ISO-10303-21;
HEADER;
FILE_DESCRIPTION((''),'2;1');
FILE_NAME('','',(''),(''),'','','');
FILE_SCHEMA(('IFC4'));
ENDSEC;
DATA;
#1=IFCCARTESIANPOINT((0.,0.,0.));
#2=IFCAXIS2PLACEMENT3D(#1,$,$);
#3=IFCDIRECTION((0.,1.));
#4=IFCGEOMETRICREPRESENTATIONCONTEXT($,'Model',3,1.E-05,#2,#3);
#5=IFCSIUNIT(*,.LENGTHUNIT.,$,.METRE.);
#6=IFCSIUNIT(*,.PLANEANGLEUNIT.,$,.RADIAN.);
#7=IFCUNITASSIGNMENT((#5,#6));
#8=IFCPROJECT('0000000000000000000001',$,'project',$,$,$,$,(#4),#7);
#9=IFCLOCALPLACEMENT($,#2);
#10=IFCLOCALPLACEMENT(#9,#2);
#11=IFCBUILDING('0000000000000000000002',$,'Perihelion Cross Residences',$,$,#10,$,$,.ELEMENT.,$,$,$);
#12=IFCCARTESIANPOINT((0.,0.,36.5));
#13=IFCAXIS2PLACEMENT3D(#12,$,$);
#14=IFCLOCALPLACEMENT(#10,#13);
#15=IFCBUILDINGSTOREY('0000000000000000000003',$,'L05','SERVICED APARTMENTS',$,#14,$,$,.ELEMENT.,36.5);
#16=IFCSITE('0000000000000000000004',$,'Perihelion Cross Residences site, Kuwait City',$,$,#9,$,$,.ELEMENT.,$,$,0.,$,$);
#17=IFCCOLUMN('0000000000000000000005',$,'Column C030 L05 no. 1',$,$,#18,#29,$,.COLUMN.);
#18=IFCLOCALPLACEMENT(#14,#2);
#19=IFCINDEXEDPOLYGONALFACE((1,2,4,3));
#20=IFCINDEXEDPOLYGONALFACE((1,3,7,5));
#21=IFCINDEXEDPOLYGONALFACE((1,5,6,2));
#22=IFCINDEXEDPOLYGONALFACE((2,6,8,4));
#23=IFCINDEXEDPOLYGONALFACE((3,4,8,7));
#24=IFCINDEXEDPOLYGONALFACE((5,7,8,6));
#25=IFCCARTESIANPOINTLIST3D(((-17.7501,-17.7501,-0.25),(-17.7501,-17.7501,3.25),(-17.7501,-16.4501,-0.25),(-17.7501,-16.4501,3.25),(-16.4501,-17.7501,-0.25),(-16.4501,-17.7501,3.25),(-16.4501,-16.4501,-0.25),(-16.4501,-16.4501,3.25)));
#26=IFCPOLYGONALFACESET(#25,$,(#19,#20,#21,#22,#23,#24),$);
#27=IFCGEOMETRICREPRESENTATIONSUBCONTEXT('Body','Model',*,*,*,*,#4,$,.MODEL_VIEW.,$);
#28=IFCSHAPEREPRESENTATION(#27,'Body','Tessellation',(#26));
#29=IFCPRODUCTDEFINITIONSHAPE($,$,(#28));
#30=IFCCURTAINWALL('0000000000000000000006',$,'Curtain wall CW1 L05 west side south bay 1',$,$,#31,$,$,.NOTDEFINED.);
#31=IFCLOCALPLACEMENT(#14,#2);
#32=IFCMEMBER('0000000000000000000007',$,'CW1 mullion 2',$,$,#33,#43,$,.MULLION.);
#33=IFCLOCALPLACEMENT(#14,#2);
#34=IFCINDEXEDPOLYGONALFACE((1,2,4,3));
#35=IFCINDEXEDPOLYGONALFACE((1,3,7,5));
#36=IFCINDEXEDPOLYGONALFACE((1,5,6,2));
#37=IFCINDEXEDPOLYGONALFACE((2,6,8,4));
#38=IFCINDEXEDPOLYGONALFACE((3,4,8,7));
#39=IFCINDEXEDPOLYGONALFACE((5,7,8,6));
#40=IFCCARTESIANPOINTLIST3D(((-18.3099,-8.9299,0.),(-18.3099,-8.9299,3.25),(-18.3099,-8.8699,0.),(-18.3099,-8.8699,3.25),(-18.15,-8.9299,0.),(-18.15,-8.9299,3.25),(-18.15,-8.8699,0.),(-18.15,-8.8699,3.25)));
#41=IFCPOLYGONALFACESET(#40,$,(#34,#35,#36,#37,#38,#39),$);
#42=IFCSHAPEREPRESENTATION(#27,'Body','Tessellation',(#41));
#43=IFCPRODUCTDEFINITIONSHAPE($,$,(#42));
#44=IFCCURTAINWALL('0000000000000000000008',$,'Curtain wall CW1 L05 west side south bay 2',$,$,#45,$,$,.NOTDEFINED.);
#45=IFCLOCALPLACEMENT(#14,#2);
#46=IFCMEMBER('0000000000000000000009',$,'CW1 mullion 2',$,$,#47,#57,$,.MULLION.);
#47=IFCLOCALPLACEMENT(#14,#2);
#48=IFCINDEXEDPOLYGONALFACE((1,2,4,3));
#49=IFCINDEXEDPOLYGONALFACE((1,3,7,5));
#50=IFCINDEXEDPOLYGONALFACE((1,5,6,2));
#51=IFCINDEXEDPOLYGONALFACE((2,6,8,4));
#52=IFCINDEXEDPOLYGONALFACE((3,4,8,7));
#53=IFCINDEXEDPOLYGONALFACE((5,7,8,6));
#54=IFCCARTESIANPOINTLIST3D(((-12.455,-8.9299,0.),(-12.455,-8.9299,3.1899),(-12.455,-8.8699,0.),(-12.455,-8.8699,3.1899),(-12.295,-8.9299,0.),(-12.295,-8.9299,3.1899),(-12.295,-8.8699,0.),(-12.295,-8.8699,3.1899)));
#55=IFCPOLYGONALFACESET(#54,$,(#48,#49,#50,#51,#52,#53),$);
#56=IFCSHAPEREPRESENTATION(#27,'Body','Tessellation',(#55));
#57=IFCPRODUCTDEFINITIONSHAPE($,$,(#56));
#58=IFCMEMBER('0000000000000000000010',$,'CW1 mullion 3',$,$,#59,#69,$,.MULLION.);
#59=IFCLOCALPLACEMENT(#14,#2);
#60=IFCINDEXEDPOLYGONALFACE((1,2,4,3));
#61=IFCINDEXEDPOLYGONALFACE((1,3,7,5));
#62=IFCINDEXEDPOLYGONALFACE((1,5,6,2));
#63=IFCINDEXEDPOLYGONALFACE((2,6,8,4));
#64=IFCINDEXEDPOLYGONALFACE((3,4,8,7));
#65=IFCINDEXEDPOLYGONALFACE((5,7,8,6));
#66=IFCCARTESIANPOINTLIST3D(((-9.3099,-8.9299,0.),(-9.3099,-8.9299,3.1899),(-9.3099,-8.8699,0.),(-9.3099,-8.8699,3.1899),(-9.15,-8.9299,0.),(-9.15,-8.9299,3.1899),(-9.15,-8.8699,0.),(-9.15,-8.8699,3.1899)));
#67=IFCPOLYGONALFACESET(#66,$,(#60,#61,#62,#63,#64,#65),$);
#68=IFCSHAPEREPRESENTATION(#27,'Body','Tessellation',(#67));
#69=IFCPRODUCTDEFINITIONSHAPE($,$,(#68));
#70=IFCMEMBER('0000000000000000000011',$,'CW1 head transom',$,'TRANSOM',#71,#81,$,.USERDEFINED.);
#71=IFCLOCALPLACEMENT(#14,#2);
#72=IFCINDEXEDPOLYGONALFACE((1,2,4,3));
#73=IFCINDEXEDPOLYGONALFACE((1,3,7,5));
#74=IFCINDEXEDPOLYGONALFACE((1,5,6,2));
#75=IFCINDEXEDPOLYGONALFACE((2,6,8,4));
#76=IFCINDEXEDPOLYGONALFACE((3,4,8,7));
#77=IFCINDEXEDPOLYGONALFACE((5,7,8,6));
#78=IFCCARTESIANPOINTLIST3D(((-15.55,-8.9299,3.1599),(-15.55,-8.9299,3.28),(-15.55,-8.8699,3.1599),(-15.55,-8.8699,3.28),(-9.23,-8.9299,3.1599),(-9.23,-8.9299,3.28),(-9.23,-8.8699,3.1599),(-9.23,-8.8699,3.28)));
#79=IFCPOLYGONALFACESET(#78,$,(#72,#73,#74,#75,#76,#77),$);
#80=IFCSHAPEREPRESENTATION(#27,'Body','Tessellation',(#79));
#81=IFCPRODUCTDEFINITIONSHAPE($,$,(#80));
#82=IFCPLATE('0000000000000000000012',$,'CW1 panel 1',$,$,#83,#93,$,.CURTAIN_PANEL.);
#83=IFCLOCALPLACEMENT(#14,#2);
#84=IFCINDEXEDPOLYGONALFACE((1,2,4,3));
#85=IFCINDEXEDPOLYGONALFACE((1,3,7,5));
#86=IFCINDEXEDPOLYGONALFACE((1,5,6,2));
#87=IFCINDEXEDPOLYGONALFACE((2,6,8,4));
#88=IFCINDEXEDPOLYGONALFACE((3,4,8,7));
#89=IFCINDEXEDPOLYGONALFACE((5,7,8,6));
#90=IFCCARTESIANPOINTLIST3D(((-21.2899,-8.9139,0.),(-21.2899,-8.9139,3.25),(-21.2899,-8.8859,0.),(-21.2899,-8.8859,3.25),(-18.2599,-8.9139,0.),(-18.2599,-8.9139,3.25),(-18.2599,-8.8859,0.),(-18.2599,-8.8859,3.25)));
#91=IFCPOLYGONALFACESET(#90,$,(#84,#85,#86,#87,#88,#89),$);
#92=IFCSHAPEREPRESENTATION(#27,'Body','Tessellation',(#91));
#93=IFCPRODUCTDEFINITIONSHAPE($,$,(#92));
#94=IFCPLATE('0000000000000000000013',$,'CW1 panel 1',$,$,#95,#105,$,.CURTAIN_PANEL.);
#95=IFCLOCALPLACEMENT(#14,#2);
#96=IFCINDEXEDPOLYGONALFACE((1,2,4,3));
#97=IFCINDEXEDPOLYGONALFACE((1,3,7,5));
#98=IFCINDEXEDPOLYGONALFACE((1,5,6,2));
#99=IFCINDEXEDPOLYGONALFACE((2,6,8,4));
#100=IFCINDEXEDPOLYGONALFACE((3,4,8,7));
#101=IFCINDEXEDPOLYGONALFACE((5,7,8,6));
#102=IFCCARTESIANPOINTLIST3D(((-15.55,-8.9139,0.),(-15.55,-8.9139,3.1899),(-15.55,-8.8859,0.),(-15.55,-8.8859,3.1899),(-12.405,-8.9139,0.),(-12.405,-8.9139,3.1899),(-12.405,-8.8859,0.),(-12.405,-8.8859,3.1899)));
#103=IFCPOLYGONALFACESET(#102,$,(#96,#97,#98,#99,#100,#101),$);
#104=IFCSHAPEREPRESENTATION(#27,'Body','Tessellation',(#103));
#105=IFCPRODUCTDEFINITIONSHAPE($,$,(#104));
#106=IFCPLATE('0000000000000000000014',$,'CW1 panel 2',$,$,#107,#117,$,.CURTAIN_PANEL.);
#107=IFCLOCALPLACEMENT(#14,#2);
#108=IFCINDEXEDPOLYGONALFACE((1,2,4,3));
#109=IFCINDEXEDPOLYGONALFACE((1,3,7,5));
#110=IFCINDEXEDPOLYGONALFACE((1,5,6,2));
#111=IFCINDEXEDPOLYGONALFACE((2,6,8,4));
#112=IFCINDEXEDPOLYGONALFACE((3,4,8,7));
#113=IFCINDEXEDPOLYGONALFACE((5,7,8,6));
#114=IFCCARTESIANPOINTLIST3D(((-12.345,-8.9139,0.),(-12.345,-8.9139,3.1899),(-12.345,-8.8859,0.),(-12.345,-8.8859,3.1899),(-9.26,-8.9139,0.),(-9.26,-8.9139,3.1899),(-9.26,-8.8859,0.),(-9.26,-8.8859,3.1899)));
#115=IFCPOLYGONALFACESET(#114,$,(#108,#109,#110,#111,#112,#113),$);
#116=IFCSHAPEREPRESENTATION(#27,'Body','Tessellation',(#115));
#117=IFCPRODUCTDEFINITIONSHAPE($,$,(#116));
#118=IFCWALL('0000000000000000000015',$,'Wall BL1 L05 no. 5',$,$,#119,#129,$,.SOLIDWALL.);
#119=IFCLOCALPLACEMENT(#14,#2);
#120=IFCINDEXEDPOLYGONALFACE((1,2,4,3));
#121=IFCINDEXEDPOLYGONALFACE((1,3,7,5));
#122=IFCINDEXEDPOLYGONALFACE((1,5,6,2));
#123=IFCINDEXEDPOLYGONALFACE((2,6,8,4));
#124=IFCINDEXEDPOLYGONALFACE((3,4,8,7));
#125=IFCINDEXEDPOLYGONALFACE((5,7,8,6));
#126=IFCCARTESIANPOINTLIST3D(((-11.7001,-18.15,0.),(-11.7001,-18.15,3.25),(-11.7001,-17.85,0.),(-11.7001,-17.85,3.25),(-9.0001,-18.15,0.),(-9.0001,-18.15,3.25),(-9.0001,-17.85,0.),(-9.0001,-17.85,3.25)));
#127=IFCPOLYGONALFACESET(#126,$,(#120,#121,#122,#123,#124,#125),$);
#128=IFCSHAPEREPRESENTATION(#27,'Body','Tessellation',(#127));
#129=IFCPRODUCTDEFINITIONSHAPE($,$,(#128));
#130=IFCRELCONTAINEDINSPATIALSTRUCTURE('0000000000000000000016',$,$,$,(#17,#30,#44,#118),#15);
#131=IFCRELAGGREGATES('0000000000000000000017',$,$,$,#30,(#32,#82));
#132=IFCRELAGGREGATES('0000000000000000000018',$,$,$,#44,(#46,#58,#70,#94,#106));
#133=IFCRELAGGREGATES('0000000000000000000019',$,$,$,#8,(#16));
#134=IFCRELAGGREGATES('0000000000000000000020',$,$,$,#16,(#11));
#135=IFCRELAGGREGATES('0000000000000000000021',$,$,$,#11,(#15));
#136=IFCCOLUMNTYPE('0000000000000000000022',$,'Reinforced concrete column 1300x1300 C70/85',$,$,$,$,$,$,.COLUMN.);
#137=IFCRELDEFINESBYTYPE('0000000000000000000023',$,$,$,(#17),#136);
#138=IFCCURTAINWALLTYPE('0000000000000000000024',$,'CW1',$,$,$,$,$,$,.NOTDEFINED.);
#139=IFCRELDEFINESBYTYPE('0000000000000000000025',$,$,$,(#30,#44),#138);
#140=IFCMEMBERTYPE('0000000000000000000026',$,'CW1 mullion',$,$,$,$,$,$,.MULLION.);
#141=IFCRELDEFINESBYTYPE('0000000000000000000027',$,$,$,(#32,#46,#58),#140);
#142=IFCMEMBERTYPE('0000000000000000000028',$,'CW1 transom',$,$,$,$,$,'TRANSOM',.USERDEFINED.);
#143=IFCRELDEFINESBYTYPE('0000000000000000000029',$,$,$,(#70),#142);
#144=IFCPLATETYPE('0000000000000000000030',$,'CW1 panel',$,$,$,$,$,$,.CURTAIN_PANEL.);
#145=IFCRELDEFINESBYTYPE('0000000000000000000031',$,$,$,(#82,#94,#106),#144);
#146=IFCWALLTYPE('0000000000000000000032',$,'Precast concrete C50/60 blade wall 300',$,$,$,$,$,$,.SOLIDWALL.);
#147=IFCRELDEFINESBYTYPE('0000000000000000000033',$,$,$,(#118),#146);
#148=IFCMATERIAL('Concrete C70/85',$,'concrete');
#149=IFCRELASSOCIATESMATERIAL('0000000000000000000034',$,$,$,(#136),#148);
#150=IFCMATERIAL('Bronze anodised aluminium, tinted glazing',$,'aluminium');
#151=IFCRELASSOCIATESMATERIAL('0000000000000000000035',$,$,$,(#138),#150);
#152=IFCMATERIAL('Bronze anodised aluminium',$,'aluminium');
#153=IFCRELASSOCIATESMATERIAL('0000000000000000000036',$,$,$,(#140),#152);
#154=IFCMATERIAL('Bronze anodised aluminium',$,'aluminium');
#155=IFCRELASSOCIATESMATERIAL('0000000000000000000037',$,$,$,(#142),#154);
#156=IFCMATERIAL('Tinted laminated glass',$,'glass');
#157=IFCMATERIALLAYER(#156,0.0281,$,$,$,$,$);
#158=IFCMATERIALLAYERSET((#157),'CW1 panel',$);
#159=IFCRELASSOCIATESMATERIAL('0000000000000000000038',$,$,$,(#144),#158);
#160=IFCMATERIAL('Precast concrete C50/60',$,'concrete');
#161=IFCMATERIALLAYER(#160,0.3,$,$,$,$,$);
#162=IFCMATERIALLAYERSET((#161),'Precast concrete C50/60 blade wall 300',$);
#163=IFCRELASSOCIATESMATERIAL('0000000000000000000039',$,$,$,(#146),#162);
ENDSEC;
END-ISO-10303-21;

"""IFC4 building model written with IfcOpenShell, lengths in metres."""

from ifc_helpers import new_model, si_unit, direction, frame, frame_2d, origin, origin_2d, place, context, subcontext, project, spatial, rectangle, extrude, material, layer, layer_set, material_profile, profile_set, type_object, element, aggregate, save


model = new_model("IFC4")

# Units and contexts
model_context = context("Model", 3, precision=1e-05, world=origin(), true_north=direction((0.0, 1.0)))
body_context = subcontext(model_context, "Body", "Model", "MODEL_VIEW")
ifc_project = project(units=[si_unit("LENGTHUNIT", "METRE"), si_unit("PLANEANGLEUNIT", "RADIAN")], contexts=[model_context])

# Site, building, storey
site_placement = place(None, origin())
site = spatial("IfcSite", under=ifc_project, at=site_placement, Name="Perihelion Cross Residences site, Kuwait City", CompositionType="ELEMENT", RefElevation=0.0)
building_placement = place(site_placement, origin())
building = spatial("IfcBuilding", under=site, at=building_placement, Name="Perihelion Cross Residences", CompositionType="ELEMENT")
storey_placement = place(building_placement, frame((0.0, 0.0, 36.5)))
storey = spatial("IfcBuildingStorey", under=building, at=storey_placement, Name="L05", Description="SERVICED APARTMENTS", CompositionType="ELEMENT", Elevation=36.5)

# Column
ifc_material_1 = material(Name="Concrete C70/85", Category="concrete")
ifc_material_profile_1 = material_profile(ifc_material_1, rectangle(XDim=1.3, YDim=1.3, at=origin_2d()), Name="RC 1300x1300")
ifc_profile_set_1 = profile_set([ifc_material_profile_1], Name="Concrete C70/85")
column_type = type_object("IfcColumnType", Name="Reinforced concrete column 1300x1300 C70/85", PredefinedType="COLUMN", material=ifc_profile_set_1)
column_placement = place(storey_placement, frame((-17.1001, -17.1001, -0.25), z_axis=(0.0, 0.0, 1.0), x_axis=(1.0, 0.0, 0.0)))
element("IfcColumn", 1, at=column_placement, inside=storey, type_object=column_type, Name="Column C030 L05 no. 1", PredefinedType="COLUMN", context=body_context, shape_type="SweptSolid", body=[
    extrude(rectangle(XDim=1.3, YDim=1.3, at=origin_2d()), origin(), (0.0, 0.0, 1.0), 3.5),
])

# Curtain wall, member
ifc_material_2 = material(Name="Bronze anodised aluminium, tinted glazing", Category="aluminium")
curtain_wall_type = type_object("IfcCurtainWallType", Name="CW1", PredefinedType="NOTDEFINED", material=ifc_material_2)
curtain_wall_1_placement = place(storey_placement, origin())
curtain_wall_1 = element("IfcCurtainWall", 2, at=curtain_wall_1_placement, inside=storey, type_object=curtain_wall_type, Name="Curtain wall CW1 L05 west side south bay 1", PredefinedType="NOTDEFINED")
ifc_material_3 = material(Name="Bronze anodised aluminium", Category="aluminium")
ifc_material_profile_2 = material_profile(ifc_material_3, rectangle(XDim=0.0601, YDim=0.1599, at=origin_2d()), Name="CW1 mullion")
ifc_profile_set_2 = profile_set([ifc_material_profile_2], Name="Bronze anodised aluminium")
member_type_1 = type_object("IfcMemberType", Name="CW1 mullion", PredefinedType="MULLION", material=ifc_profile_set_2)
member_1_placement = place(storey_placement, frame((-18.23, -8.8999, 0.0), z_axis=(0.0, 0.0, 1.0), x_axis=(0.0, 1.0, 0.0)))
member_1 = element("IfcMember", 3, at=member_1_placement, type_object=member_type_1, Name="CW1 mullion 2", PredefinedType="MULLION", context=body_context, shape_type="SweptSolid", body=[
    extrude(rectangle(XDim=0.0601, YDim=0.1599, at=origin_2d()), origin(), (0.0, 0.0, 1.0), 3.25),
])

# Curtain wall, members
curtain_wall_2_placement = place(storey_placement, origin())
curtain_wall_2 = element("IfcCurtainWall", 4, at=curtain_wall_2_placement, inside=storey, type_object=curtain_wall_type, Name="Curtain wall CW1 L05 west side south bay 2", PredefinedType="NOTDEFINED")
member_2_placement = place(storey_placement, frame((-12.375, -8.8999, 0.0), z_axis=(0.0, 0.0, 1.0), x_axis=(0.0, 1.0, 0.0)))
member_2 = element("IfcMember", 5, at=member_2_placement, type_object=member_type_1, Name="CW1 mullion 2", PredefinedType="MULLION", context=body_context, shape_type="SweptSolid", body=[
    extrude(rectangle(XDim=0.0601, YDim=0.1599, at=origin_2d()), origin(), (0.0, 0.0, 1.0), 3.1899),
])
member_3_placement = place(storey_placement, frame((-9.23, -8.8999, 0.0), z_axis=(0.0, 0.0, 1.0), x_axis=(0.0, 1.0, 0.0)))
member_3 = element("IfcMember", 6, at=member_3_placement, type_object=member_type_1, Name="CW1 mullion 3", PredefinedType="MULLION", context=body_context, shape_type="SweptSolid", body=[
    extrude(rectangle(XDim=0.0601, YDim=0.1599, at=origin_2d()), origin(), (0.0, 0.0, 1.0), 3.1899),
])
ifc_material_4 = material(Name="Bronze anodised aluminium", Category="aluminium")
ifc_material_profile_3 = material_profile(ifc_material_4, rectangle(XDim=0.0601, YDim=0.1201, at=origin_2d()), Name="CW1 transom")
ifc_profile_set_3 = profile_set([ifc_material_profile_3], Name="Bronze anodised aluminium")
member_type_2 = type_object("IfcMemberType", Name="CW1 transom", ElementType="TRANSOM", PredefinedType="USERDEFINED", material=ifc_profile_set_3)
member_4_placement = place(storey_placement, frame((-15.55, -8.8999, 3.22), z_axis=(1.0, 0.0, 0.0), x_axis=(0.0, 1.0, 0.0)))
member_4 = element("IfcMember", 7, at=member_4_placement, type_object=member_type_2, Name="CW1 head transom", ObjectType="TRANSOM", PredefinedType="USERDEFINED", context=body_context, shape_type="SweptSolid", body=[
    extrude(rectangle(XDim=0.0601, YDim=0.1201, at=origin_2d()), origin(), (0.0, 0.0, 1.0), 6.3201),
])

# Plates
ifc_material_5 = material(Name="Tinted laminated glass", Category="glass")
ifc_layer_1 = layer(ifc_material_5, 0.0281)
ifc_layer_set_1 = layer_set([ifc_layer_1], Name="CW1 panel")
plate_type = type_object("IfcPlateType", Name="CW1 panel", PredefinedType="CURTAIN_PANEL", material=ifc_layer_set_1)
plate_1_placement = place(storey_placement, frame((-19.7749, -8.8999, 0.0), z_axis=(0.0, 0.0, 1.0), x_axis=(1.0, 0.0, 0.0)))
plate_1 = element("IfcPlate", 8, at=plate_1_placement, type_object=plate_type, Name="CW1 panel 1", PredefinedType="CURTAIN_PANEL", context=body_context, shape_type="SweptSolid", body=[
    extrude(rectangle(XDim=3.03, YDim=0.0281, at=origin_2d()), origin(), (0.0, 0.0, 1.0), 3.25),
])
aggregate(curtain_wall_1, [member_1, plate_1])
plate_2_placement = place(storey_placement, frame((-13.9775, -8.8999, 0.0), z_axis=(0.0, 0.0, 1.0), x_axis=(1.0, 0.0, 0.0)))
plate_2 = element("IfcPlate", 9, at=plate_2_placement, type_object=plate_type, Name="CW1 panel 1", PredefinedType="CURTAIN_PANEL", context=body_context, shape_type="SweptSolid", body=[
    extrude(rectangle(XDim=3.145, YDim=0.0281, at=origin_2d()), origin(), (0.0, 0.0, 1.0), 3.1899),
])
plate_3_placement = place(storey_placement, frame((-10.8025, -8.8999, 0.0), z_axis=(0.0, 0.0, 1.0), x_axis=(1.0, 0.0, 0.0)))
plate_3 = element("IfcPlate", 10, at=plate_3_placement, type_object=plate_type, Name="CW1 panel 2", PredefinedType="CURTAIN_PANEL", context=body_context, shape_type="SweptSolid", body=[
    extrude(rectangle(XDim=3.085, YDim=0.0281, at=origin_2d()), origin(), (0.0, 0.0, 1.0), 3.1899),
])
aggregate(curtain_wall_2, [member_2, member_3, member_4, plate_2, plate_3])

# Wall
ifc_material_6 = material(Name="Precast concrete C50/60", Category="concrete")
ifc_layer_2 = layer(ifc_material_6, 0.3)
ifc_layer_set_2 = layer_set([ifc_layer_2], Name="Precast concrete C50/60 blade wall 300")
wall_type_1 = type_object("IfcWallType", Name="Precast concrete C50/60 blade wall 300", PredefinedType="SOLIDWALL", material=ifc_layer_set_2)
wall_1_placement = place(storey_placement, frame((-9.0, -18.0, 0.0), z_axis=(0.0, 0.0, 1.0), x_axis=(-1.0, 0.0, 0.0)))
element("IfcWall", 11, at=wall_1_placement, inside=storey, type_object=wall_type_1, Name="Wall BL1 L05 no. 5", PredefinedType="SOLIDWALL", context=body_context, shape_type="SweptSolid", body=[
    extrude(rectangle(XDim=2.7, YDim=0.3, at=frame_2d((1.3501, 0.0))), origin(), (0.0, 0.0, 1.0), 3.25),
])

save(model, "model.ifc")
